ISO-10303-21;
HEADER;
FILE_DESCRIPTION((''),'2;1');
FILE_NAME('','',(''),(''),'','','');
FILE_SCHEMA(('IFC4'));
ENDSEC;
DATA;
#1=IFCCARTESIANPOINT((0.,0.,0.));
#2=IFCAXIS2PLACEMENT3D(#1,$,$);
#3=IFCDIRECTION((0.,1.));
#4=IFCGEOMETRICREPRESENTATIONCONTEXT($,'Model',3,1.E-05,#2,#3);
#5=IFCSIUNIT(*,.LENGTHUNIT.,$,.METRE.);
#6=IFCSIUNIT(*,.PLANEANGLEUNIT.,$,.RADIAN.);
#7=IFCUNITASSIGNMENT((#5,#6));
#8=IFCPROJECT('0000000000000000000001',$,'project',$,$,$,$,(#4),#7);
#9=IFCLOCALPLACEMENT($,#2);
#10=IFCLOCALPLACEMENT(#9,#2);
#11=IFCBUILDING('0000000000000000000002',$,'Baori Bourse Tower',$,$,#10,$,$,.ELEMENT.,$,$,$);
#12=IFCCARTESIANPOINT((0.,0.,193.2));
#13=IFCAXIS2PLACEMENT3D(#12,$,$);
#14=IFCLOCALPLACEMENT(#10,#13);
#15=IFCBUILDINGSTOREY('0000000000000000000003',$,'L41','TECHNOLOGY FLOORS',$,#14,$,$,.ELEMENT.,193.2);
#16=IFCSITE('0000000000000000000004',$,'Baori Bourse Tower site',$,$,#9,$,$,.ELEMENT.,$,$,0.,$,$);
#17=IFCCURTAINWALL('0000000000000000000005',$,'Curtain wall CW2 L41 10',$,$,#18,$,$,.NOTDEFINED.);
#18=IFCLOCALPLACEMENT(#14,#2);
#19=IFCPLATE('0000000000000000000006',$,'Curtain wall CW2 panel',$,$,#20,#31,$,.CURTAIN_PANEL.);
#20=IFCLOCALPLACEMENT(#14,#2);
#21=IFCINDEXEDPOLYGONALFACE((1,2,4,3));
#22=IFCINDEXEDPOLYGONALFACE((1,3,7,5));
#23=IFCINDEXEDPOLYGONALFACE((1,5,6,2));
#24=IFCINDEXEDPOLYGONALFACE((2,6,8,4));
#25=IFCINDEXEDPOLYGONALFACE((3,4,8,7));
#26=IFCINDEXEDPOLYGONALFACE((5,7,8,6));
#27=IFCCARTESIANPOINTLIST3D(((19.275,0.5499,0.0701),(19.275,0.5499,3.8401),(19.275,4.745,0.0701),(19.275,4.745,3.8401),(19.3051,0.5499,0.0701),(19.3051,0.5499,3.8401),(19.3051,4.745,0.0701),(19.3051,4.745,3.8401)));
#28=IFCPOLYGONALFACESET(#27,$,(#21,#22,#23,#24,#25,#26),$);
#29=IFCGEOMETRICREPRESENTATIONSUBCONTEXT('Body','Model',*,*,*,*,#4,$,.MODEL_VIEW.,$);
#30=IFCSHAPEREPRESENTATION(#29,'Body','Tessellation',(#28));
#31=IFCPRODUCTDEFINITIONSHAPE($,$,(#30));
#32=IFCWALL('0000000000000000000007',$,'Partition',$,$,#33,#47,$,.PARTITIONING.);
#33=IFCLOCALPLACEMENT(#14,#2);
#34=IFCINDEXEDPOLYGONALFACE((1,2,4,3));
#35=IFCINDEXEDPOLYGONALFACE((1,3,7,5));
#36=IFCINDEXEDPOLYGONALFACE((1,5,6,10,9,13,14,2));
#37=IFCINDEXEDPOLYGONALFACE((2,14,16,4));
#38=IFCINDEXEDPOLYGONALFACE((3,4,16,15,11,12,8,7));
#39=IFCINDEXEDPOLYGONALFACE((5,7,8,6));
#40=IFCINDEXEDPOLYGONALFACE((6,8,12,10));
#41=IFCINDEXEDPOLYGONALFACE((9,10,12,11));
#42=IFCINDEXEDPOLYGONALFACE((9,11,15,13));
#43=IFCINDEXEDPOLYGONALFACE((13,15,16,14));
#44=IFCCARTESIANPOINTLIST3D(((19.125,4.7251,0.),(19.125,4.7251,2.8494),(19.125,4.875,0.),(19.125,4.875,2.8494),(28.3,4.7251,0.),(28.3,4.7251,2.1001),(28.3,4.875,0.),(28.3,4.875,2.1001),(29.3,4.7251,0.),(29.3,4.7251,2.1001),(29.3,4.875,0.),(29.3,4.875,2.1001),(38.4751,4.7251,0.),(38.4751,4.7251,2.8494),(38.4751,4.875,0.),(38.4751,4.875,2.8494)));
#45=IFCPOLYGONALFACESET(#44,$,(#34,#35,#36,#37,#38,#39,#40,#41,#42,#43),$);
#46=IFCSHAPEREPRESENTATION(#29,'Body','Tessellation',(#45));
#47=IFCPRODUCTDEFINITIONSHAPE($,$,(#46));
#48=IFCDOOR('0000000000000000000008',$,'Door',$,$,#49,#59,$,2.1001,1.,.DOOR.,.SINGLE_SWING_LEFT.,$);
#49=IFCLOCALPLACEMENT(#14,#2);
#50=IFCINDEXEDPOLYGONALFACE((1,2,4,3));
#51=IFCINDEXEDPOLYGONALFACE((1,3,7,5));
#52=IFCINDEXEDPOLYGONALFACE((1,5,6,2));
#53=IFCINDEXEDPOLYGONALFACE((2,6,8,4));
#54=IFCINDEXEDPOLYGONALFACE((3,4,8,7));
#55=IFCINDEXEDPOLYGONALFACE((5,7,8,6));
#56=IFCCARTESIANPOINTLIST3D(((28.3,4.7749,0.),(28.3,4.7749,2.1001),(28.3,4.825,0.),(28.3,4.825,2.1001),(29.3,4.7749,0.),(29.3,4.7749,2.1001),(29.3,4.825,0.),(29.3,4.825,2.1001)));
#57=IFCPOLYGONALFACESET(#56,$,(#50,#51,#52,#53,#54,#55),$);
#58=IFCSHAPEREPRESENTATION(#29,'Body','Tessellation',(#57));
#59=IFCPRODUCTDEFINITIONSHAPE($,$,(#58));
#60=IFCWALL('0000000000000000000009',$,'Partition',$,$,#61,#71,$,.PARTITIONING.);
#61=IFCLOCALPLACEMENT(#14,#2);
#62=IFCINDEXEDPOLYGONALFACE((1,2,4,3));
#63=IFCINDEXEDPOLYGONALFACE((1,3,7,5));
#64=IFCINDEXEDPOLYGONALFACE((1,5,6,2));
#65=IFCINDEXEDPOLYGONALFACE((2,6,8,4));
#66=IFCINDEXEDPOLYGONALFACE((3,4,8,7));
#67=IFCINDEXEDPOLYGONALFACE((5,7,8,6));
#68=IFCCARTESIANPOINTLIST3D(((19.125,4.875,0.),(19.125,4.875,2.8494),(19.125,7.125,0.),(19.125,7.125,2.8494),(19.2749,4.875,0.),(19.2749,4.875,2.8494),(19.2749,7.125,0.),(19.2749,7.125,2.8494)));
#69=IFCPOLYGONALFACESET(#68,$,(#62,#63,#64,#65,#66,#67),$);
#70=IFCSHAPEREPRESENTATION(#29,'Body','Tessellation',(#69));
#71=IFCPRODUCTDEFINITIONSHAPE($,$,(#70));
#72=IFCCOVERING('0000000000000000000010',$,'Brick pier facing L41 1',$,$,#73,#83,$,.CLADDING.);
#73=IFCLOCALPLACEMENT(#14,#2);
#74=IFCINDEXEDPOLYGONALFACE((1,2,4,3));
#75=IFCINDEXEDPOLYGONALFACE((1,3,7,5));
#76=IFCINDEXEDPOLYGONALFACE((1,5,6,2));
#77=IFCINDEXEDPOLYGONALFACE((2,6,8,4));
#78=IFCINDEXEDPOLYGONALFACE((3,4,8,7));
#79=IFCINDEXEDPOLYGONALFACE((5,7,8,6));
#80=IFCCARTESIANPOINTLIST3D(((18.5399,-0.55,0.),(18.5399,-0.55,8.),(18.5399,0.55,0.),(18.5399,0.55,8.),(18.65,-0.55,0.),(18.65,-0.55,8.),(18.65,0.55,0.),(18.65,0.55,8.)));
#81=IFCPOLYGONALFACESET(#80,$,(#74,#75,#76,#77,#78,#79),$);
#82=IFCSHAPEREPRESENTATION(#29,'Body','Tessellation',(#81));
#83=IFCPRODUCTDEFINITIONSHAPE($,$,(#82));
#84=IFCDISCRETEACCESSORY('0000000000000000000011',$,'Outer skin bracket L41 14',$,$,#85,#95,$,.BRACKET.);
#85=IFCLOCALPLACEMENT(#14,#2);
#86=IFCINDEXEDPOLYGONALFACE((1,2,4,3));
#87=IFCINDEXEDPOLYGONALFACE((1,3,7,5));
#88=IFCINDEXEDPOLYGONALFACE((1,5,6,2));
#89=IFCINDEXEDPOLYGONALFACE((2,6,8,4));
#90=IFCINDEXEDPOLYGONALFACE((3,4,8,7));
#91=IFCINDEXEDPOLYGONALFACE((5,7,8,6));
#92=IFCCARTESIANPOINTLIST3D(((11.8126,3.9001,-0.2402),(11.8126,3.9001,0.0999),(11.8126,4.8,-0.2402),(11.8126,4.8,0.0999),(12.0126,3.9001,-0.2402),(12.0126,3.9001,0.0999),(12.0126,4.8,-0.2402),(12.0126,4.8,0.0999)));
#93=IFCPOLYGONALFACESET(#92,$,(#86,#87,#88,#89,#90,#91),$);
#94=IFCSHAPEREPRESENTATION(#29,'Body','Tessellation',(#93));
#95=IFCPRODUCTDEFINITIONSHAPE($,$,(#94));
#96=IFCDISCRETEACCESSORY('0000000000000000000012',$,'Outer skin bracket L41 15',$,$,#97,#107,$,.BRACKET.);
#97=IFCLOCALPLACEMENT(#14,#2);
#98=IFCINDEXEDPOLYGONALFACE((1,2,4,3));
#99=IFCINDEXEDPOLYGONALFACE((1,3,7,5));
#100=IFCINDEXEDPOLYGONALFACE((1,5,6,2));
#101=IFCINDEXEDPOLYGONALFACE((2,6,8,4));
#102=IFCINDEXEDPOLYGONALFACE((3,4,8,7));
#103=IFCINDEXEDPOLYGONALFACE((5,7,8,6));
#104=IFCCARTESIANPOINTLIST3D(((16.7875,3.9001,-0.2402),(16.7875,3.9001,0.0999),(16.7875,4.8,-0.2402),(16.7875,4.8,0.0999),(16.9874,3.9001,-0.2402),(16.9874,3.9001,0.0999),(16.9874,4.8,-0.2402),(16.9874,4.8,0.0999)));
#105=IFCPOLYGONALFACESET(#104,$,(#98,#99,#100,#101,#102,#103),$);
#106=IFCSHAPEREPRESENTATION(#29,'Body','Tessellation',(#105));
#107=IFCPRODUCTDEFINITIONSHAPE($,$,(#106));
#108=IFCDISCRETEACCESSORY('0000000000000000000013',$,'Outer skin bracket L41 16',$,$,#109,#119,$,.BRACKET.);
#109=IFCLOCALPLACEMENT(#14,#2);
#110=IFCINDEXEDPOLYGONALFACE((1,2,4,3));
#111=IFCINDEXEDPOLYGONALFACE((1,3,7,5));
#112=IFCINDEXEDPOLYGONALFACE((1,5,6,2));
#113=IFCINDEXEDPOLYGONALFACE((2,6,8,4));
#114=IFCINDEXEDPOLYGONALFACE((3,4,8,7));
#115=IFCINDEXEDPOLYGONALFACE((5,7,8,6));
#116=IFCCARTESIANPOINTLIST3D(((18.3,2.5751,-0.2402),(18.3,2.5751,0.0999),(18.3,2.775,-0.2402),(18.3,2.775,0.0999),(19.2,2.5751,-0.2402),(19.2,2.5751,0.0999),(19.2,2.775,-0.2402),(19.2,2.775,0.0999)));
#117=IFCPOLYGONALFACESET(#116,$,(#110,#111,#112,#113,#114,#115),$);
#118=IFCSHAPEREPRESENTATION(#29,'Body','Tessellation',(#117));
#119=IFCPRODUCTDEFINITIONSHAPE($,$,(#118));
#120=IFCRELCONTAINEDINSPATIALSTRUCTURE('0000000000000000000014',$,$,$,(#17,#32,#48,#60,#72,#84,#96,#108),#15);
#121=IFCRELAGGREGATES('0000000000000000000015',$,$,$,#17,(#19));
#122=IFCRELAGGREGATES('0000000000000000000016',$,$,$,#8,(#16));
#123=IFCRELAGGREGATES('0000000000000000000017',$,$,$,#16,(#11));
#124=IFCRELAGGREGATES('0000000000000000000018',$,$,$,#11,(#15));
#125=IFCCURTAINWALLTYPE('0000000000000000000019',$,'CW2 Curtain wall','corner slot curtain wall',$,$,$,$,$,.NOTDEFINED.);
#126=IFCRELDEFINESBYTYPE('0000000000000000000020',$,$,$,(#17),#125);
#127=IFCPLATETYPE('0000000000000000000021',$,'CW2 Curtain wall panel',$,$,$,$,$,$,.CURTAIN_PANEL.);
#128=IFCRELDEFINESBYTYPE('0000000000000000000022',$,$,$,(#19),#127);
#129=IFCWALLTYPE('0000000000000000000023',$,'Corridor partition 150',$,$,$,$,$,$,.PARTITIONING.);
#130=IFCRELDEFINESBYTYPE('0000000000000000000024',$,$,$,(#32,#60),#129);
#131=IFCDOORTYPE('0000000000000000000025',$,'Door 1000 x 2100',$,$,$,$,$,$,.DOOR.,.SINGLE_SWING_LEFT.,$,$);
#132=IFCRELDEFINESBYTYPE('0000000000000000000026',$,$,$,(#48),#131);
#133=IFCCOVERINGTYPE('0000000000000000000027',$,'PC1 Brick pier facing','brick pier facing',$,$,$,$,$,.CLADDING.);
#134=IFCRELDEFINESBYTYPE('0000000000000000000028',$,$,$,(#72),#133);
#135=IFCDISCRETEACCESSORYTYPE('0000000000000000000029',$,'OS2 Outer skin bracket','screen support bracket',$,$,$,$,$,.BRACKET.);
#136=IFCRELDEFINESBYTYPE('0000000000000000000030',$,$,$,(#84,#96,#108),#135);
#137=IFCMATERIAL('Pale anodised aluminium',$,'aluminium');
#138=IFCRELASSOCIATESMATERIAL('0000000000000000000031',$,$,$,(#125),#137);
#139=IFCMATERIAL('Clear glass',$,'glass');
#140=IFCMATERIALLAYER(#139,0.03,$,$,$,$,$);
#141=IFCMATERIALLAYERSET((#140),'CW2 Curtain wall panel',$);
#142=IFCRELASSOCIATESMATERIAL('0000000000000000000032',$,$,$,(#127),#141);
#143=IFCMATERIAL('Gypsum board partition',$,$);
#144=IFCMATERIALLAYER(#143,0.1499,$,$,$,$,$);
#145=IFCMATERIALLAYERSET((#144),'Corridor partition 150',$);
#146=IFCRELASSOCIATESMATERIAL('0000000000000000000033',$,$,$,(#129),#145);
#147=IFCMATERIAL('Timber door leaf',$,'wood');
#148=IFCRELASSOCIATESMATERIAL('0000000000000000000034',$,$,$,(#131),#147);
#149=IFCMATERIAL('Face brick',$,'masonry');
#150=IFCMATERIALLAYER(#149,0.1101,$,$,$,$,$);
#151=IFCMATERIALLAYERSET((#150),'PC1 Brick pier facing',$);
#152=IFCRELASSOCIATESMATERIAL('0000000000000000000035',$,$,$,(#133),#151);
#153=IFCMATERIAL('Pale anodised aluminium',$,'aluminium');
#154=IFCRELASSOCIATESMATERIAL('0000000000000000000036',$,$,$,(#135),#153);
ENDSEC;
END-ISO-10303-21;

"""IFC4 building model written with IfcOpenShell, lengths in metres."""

from ifc_helpers import new_model, si_unit, direction, frame, frame_2d, origin, origin_2d, place, context, subcontext, project, spatial, rectangle, extrude, material, layer, layer_set, type_object, element, fill, aggregate, save


model = new_model("IFC4")

# Units and contexts
model_context = context("Model", 3, precision=1e-05, world=origin(), true_north=direction((0.0, 1.0)))
body_context = subcontext(model_context, "Body", "Model", "MODEL_VIEW")
ifc_project = project(units=[si_unit("LENGTHUNIT", "METRE"), si_unit("PLANEANGLEUNIT", "RADIAN")], contexts=[model_context])

# Site, building, storey
site_placement = place(None, origin())
site = spatial("IfcSite", under=ifc_project, at=site_placement, Name="Baori Bourse Tower site", CompositionType="ELEMENT", RefElevation=0.0)
building_placement = place(site_placement, origin())
building = spatial("IfcBuilding", under=site, at=building_placement, Name="Baori Bourse Tower", CompositionType="ELEMENT")
storey_placement = place(building_placement, frame((0.0, 0.0, 193.2)))
storey = spatial("IfcBuildingStorey", under=building, at=storey_placement, Name="L41", Description="TECHNOLOGY FLOORS", CompositionType="ELEMENT", Elevation=193.2)

# Curtain wall
ifc_material_1 = material(Name="Pale anodised aluminium", Category="aluminium")
curtain_wall_type_1 = type_object("IfcCurtainWallType", Name="CW2 Curtain wall", Description="corner slot curtain wall", PredefinedType="NOTDEFINED", material=ifc_material_1)
curtain_wall_1_placement = place(storey_placement, origin())
curtain_wall_1 = element("IfcCurtainWall", 1, at=curtain_wall_1_placement, inside=storey, type_object=curtain_wall_type_1, Name="Curtain wall CW2 L41 10", PredefinedType="NOTDEFINED")

# Plate
ifc_material_2 = material(Name="Clear glass", Category="glass")
ifc_layer_1 = layer(ifc_material_2, 0.03)
ifc_layer_set_1 = layer_set([ifc_layer_1], Name="CW2 Curtain wall panel")
plate_type = type_object("IfcPlateType", Name="CW2 Curtain wall panel", PredefinedType="CURTAIN_PANEL", material=ifc_layer_set_1)
plate_1_placement = place(storey_placement, frame((19.29, 2.6475, 0.0701), z_axis=(0.0, 0.0, 1.0), x_axis=(0.0, -1.0, 0.0)))
plate_1 = element("IfcPlate", 2, at=plate_1_placement, type_object=plate_type, Name="Curtain wall CW2 panel", PredefinedType="CURTAIN_PANEL", context=body_context, shape_type="SweptSolid", body=[
    extrude(rectangle(XDim=4.1951, YDim=0.03, at=origin_2d()), origin(), (0.0, 0.0, 1.0), 3.77),
])
aggregate(curtain_wall_1, [plate_1])

# Wall, opening, door
ifc_material_3 = material(Name="Gypsum board partition")
ifc_layer_2 = layer(ifc_material_3, 0.1499)
ifc_layer_set_2 = layer_set([ifc_layer_2], Name="Corridor partition 150")
wall_type = type_object("IfcWallType", Name="Corridor partition 150", PredefinedType="PARTITIONING", material=ifc_layer_set_2)
wall_1_placement = place(storey_placement, frame((19.125, 4.8, 0.0), z_axis=(0.0, 0.0, 1.0), x_axis=(1.0, 0.0, 0.0)))
wall_1 = element("IfcWall", 3, at=wall_1_placement, inside=storey, type_object=wall_type, Name="Partition", PredefinedType="PARTITIONING", context=body_context, shape_type="SweptSolid", body=[
    extrude(rectangle(XDim=19.3501, YDim=0.1499, at=frame_2d((9.675, 0.0))), origin(), (0.0, 0.0, 1.0), 2.8494),
])
opening_placement = place(wall_1_placement, frame((9.175, 0.0, 0.0)))
opening = element("IfcOpeningElement", 4, at=opening_placement, cuts=wall_1, PredefinedType="OPENING", context=body_context, shape_type="SweptSolid", body=[
    extrude(rectangle(XDim=1.0, YDim=2.1001, at=frame_2d((0.5, 1.05))), frame((0.0, 0.085, 0.0), z_axis=(0.0, -1.0, 0.0), x_axis=(1.0, 0.0, 0.0)), (0.0, 0.0, 1.0), 0.1699),
])
ifc_material_4 = material(Name="Timber door leaf", Category="wood")
door_type = type_object("IfcDoorType", Name="Door 1000 x 2100", OperationType="SINGLE_SWING_LEFT", PredefinedType="DOOR", material=ifc_material_4)
door_placement = place(opening_placement, origin())
door = element("IfcDoor", 5, at=door_placement, inside=storey, type_object=door_type, Name="Door", OperationType="SINGLE_SWING_LEFT", OverallHeight=2.1001, OverallWidth=1.0, PredefinedType="DOOR", context=body_context, shape_type="SweptSolid", body=[
    extrude(rectangle(XDim=1.0, YDim=2.1001, at=frame_2d((0.5, 1.05))), frame((0.0, 0.0249, 0.0), z_axis=(0.0, -1.0, 0.0), x_axis=(1.0, 0.0, 0.0)), (0.0, 0.0, 1.0), 0.05),
])
fill(opening, door)

# Wall
wall_2_placement = place(storey_placement, frame((19.2, 4.875, 0.0), z_axis=(0.0, 0.0, 1.0), x_axis=(0.0, 1.0, 0.0)))
element("IfcWall", 6, at=wall_2_placement, inside=storey, type_object=wall_type, Name="Partition", PredefinedType="PARTITIONING", context=body_context, shape_type="SweptSolid", body=[
    extrude(rectangle(XDim=2.25, YDim=0.1499, at=frame_2d((1.125, 0.0))), origin(), (0.0, 0.0, 1.0), 2.8494),
])

# Covering
ifc_material_5 = material(Name="Face brick", Category="masonry")
ifc_layer_3 = layer(ifc_material_5, 0.1101)
ifc_layer_set_3 = layer_set([ifc_layer_3], Name="PC1 Brick pier facing")
covering_type = type_object("IfcCoveringType", Name="PC1 Brick pier facing", Description="brick pier facing", PredefinedType="CLADDING", material=ifc_layer_set_3)
covering_placement = place(storey_placement, frame((18.595, 0.0, 0.0), z_axis=(0.0, 0.0, 1.0), x_axis=(1.0, 0.0, 0.0)))
element("IfcCovering", 7, at=covering_placement, inside=storey, type_object=covering_type, Name="Brick pier facing L41 1", PredefinedType="CLADDING", context=body_context, shape_type="SweptSolid", body=[
    extrude(rectangle(XDim=0.1101, YDim=1.1001, at=origin_2d()), origin(), (0.0, 0.0, 1.0), 8.0),
])

# Discrete accessories
ifc_material_6 = material(Name="Pale anodised aluminium", Category="aluminium")
discrete_accessory_type = type_object("IfcDiscreteAccessoryType", Name="OS2 Outer skin bracket", Description="screen support bracket", PredefinedType="BRACKET", material=ifc_material_6)
for number, where, z_axis, x_axis, name in (
    (8, (11.9126, 4.3501, -0.2402), (0.0, 0.0, 1.0), (1.0, 0.0, 0.0), "Outer skin bracket L41 14"),
    (9, (16.8875, 4.3501, -0.2402), (0.0, 0.0, 1.0), (1.0, 0.0, 0.0), "Outer skin bracket L41 15"),
    (10, (18.75, 2.675, -0.2402), (0.0, 0.0, 1.0), (0.0, -1.0, 0.0), "Outer skin bracket L41 16"),
):
    element("IfcDiscreteAccessory", number, at=place(storey_placement, frame(where, z_axis=z_axis, x_axis=x_axis)), inside=storey, type_object=discrete_accessory_type, Name=name, PredefinedType="BRACKET", context=body_context, shape_type="SweptSolid", body=[
        extrude(rectangle(XDim=0.2, YDim=0.8999, at=origin_2d()), origin(), (0.0, 0.0, 1.0), 0.3401),
    ])

save(model, "model.ifc")
